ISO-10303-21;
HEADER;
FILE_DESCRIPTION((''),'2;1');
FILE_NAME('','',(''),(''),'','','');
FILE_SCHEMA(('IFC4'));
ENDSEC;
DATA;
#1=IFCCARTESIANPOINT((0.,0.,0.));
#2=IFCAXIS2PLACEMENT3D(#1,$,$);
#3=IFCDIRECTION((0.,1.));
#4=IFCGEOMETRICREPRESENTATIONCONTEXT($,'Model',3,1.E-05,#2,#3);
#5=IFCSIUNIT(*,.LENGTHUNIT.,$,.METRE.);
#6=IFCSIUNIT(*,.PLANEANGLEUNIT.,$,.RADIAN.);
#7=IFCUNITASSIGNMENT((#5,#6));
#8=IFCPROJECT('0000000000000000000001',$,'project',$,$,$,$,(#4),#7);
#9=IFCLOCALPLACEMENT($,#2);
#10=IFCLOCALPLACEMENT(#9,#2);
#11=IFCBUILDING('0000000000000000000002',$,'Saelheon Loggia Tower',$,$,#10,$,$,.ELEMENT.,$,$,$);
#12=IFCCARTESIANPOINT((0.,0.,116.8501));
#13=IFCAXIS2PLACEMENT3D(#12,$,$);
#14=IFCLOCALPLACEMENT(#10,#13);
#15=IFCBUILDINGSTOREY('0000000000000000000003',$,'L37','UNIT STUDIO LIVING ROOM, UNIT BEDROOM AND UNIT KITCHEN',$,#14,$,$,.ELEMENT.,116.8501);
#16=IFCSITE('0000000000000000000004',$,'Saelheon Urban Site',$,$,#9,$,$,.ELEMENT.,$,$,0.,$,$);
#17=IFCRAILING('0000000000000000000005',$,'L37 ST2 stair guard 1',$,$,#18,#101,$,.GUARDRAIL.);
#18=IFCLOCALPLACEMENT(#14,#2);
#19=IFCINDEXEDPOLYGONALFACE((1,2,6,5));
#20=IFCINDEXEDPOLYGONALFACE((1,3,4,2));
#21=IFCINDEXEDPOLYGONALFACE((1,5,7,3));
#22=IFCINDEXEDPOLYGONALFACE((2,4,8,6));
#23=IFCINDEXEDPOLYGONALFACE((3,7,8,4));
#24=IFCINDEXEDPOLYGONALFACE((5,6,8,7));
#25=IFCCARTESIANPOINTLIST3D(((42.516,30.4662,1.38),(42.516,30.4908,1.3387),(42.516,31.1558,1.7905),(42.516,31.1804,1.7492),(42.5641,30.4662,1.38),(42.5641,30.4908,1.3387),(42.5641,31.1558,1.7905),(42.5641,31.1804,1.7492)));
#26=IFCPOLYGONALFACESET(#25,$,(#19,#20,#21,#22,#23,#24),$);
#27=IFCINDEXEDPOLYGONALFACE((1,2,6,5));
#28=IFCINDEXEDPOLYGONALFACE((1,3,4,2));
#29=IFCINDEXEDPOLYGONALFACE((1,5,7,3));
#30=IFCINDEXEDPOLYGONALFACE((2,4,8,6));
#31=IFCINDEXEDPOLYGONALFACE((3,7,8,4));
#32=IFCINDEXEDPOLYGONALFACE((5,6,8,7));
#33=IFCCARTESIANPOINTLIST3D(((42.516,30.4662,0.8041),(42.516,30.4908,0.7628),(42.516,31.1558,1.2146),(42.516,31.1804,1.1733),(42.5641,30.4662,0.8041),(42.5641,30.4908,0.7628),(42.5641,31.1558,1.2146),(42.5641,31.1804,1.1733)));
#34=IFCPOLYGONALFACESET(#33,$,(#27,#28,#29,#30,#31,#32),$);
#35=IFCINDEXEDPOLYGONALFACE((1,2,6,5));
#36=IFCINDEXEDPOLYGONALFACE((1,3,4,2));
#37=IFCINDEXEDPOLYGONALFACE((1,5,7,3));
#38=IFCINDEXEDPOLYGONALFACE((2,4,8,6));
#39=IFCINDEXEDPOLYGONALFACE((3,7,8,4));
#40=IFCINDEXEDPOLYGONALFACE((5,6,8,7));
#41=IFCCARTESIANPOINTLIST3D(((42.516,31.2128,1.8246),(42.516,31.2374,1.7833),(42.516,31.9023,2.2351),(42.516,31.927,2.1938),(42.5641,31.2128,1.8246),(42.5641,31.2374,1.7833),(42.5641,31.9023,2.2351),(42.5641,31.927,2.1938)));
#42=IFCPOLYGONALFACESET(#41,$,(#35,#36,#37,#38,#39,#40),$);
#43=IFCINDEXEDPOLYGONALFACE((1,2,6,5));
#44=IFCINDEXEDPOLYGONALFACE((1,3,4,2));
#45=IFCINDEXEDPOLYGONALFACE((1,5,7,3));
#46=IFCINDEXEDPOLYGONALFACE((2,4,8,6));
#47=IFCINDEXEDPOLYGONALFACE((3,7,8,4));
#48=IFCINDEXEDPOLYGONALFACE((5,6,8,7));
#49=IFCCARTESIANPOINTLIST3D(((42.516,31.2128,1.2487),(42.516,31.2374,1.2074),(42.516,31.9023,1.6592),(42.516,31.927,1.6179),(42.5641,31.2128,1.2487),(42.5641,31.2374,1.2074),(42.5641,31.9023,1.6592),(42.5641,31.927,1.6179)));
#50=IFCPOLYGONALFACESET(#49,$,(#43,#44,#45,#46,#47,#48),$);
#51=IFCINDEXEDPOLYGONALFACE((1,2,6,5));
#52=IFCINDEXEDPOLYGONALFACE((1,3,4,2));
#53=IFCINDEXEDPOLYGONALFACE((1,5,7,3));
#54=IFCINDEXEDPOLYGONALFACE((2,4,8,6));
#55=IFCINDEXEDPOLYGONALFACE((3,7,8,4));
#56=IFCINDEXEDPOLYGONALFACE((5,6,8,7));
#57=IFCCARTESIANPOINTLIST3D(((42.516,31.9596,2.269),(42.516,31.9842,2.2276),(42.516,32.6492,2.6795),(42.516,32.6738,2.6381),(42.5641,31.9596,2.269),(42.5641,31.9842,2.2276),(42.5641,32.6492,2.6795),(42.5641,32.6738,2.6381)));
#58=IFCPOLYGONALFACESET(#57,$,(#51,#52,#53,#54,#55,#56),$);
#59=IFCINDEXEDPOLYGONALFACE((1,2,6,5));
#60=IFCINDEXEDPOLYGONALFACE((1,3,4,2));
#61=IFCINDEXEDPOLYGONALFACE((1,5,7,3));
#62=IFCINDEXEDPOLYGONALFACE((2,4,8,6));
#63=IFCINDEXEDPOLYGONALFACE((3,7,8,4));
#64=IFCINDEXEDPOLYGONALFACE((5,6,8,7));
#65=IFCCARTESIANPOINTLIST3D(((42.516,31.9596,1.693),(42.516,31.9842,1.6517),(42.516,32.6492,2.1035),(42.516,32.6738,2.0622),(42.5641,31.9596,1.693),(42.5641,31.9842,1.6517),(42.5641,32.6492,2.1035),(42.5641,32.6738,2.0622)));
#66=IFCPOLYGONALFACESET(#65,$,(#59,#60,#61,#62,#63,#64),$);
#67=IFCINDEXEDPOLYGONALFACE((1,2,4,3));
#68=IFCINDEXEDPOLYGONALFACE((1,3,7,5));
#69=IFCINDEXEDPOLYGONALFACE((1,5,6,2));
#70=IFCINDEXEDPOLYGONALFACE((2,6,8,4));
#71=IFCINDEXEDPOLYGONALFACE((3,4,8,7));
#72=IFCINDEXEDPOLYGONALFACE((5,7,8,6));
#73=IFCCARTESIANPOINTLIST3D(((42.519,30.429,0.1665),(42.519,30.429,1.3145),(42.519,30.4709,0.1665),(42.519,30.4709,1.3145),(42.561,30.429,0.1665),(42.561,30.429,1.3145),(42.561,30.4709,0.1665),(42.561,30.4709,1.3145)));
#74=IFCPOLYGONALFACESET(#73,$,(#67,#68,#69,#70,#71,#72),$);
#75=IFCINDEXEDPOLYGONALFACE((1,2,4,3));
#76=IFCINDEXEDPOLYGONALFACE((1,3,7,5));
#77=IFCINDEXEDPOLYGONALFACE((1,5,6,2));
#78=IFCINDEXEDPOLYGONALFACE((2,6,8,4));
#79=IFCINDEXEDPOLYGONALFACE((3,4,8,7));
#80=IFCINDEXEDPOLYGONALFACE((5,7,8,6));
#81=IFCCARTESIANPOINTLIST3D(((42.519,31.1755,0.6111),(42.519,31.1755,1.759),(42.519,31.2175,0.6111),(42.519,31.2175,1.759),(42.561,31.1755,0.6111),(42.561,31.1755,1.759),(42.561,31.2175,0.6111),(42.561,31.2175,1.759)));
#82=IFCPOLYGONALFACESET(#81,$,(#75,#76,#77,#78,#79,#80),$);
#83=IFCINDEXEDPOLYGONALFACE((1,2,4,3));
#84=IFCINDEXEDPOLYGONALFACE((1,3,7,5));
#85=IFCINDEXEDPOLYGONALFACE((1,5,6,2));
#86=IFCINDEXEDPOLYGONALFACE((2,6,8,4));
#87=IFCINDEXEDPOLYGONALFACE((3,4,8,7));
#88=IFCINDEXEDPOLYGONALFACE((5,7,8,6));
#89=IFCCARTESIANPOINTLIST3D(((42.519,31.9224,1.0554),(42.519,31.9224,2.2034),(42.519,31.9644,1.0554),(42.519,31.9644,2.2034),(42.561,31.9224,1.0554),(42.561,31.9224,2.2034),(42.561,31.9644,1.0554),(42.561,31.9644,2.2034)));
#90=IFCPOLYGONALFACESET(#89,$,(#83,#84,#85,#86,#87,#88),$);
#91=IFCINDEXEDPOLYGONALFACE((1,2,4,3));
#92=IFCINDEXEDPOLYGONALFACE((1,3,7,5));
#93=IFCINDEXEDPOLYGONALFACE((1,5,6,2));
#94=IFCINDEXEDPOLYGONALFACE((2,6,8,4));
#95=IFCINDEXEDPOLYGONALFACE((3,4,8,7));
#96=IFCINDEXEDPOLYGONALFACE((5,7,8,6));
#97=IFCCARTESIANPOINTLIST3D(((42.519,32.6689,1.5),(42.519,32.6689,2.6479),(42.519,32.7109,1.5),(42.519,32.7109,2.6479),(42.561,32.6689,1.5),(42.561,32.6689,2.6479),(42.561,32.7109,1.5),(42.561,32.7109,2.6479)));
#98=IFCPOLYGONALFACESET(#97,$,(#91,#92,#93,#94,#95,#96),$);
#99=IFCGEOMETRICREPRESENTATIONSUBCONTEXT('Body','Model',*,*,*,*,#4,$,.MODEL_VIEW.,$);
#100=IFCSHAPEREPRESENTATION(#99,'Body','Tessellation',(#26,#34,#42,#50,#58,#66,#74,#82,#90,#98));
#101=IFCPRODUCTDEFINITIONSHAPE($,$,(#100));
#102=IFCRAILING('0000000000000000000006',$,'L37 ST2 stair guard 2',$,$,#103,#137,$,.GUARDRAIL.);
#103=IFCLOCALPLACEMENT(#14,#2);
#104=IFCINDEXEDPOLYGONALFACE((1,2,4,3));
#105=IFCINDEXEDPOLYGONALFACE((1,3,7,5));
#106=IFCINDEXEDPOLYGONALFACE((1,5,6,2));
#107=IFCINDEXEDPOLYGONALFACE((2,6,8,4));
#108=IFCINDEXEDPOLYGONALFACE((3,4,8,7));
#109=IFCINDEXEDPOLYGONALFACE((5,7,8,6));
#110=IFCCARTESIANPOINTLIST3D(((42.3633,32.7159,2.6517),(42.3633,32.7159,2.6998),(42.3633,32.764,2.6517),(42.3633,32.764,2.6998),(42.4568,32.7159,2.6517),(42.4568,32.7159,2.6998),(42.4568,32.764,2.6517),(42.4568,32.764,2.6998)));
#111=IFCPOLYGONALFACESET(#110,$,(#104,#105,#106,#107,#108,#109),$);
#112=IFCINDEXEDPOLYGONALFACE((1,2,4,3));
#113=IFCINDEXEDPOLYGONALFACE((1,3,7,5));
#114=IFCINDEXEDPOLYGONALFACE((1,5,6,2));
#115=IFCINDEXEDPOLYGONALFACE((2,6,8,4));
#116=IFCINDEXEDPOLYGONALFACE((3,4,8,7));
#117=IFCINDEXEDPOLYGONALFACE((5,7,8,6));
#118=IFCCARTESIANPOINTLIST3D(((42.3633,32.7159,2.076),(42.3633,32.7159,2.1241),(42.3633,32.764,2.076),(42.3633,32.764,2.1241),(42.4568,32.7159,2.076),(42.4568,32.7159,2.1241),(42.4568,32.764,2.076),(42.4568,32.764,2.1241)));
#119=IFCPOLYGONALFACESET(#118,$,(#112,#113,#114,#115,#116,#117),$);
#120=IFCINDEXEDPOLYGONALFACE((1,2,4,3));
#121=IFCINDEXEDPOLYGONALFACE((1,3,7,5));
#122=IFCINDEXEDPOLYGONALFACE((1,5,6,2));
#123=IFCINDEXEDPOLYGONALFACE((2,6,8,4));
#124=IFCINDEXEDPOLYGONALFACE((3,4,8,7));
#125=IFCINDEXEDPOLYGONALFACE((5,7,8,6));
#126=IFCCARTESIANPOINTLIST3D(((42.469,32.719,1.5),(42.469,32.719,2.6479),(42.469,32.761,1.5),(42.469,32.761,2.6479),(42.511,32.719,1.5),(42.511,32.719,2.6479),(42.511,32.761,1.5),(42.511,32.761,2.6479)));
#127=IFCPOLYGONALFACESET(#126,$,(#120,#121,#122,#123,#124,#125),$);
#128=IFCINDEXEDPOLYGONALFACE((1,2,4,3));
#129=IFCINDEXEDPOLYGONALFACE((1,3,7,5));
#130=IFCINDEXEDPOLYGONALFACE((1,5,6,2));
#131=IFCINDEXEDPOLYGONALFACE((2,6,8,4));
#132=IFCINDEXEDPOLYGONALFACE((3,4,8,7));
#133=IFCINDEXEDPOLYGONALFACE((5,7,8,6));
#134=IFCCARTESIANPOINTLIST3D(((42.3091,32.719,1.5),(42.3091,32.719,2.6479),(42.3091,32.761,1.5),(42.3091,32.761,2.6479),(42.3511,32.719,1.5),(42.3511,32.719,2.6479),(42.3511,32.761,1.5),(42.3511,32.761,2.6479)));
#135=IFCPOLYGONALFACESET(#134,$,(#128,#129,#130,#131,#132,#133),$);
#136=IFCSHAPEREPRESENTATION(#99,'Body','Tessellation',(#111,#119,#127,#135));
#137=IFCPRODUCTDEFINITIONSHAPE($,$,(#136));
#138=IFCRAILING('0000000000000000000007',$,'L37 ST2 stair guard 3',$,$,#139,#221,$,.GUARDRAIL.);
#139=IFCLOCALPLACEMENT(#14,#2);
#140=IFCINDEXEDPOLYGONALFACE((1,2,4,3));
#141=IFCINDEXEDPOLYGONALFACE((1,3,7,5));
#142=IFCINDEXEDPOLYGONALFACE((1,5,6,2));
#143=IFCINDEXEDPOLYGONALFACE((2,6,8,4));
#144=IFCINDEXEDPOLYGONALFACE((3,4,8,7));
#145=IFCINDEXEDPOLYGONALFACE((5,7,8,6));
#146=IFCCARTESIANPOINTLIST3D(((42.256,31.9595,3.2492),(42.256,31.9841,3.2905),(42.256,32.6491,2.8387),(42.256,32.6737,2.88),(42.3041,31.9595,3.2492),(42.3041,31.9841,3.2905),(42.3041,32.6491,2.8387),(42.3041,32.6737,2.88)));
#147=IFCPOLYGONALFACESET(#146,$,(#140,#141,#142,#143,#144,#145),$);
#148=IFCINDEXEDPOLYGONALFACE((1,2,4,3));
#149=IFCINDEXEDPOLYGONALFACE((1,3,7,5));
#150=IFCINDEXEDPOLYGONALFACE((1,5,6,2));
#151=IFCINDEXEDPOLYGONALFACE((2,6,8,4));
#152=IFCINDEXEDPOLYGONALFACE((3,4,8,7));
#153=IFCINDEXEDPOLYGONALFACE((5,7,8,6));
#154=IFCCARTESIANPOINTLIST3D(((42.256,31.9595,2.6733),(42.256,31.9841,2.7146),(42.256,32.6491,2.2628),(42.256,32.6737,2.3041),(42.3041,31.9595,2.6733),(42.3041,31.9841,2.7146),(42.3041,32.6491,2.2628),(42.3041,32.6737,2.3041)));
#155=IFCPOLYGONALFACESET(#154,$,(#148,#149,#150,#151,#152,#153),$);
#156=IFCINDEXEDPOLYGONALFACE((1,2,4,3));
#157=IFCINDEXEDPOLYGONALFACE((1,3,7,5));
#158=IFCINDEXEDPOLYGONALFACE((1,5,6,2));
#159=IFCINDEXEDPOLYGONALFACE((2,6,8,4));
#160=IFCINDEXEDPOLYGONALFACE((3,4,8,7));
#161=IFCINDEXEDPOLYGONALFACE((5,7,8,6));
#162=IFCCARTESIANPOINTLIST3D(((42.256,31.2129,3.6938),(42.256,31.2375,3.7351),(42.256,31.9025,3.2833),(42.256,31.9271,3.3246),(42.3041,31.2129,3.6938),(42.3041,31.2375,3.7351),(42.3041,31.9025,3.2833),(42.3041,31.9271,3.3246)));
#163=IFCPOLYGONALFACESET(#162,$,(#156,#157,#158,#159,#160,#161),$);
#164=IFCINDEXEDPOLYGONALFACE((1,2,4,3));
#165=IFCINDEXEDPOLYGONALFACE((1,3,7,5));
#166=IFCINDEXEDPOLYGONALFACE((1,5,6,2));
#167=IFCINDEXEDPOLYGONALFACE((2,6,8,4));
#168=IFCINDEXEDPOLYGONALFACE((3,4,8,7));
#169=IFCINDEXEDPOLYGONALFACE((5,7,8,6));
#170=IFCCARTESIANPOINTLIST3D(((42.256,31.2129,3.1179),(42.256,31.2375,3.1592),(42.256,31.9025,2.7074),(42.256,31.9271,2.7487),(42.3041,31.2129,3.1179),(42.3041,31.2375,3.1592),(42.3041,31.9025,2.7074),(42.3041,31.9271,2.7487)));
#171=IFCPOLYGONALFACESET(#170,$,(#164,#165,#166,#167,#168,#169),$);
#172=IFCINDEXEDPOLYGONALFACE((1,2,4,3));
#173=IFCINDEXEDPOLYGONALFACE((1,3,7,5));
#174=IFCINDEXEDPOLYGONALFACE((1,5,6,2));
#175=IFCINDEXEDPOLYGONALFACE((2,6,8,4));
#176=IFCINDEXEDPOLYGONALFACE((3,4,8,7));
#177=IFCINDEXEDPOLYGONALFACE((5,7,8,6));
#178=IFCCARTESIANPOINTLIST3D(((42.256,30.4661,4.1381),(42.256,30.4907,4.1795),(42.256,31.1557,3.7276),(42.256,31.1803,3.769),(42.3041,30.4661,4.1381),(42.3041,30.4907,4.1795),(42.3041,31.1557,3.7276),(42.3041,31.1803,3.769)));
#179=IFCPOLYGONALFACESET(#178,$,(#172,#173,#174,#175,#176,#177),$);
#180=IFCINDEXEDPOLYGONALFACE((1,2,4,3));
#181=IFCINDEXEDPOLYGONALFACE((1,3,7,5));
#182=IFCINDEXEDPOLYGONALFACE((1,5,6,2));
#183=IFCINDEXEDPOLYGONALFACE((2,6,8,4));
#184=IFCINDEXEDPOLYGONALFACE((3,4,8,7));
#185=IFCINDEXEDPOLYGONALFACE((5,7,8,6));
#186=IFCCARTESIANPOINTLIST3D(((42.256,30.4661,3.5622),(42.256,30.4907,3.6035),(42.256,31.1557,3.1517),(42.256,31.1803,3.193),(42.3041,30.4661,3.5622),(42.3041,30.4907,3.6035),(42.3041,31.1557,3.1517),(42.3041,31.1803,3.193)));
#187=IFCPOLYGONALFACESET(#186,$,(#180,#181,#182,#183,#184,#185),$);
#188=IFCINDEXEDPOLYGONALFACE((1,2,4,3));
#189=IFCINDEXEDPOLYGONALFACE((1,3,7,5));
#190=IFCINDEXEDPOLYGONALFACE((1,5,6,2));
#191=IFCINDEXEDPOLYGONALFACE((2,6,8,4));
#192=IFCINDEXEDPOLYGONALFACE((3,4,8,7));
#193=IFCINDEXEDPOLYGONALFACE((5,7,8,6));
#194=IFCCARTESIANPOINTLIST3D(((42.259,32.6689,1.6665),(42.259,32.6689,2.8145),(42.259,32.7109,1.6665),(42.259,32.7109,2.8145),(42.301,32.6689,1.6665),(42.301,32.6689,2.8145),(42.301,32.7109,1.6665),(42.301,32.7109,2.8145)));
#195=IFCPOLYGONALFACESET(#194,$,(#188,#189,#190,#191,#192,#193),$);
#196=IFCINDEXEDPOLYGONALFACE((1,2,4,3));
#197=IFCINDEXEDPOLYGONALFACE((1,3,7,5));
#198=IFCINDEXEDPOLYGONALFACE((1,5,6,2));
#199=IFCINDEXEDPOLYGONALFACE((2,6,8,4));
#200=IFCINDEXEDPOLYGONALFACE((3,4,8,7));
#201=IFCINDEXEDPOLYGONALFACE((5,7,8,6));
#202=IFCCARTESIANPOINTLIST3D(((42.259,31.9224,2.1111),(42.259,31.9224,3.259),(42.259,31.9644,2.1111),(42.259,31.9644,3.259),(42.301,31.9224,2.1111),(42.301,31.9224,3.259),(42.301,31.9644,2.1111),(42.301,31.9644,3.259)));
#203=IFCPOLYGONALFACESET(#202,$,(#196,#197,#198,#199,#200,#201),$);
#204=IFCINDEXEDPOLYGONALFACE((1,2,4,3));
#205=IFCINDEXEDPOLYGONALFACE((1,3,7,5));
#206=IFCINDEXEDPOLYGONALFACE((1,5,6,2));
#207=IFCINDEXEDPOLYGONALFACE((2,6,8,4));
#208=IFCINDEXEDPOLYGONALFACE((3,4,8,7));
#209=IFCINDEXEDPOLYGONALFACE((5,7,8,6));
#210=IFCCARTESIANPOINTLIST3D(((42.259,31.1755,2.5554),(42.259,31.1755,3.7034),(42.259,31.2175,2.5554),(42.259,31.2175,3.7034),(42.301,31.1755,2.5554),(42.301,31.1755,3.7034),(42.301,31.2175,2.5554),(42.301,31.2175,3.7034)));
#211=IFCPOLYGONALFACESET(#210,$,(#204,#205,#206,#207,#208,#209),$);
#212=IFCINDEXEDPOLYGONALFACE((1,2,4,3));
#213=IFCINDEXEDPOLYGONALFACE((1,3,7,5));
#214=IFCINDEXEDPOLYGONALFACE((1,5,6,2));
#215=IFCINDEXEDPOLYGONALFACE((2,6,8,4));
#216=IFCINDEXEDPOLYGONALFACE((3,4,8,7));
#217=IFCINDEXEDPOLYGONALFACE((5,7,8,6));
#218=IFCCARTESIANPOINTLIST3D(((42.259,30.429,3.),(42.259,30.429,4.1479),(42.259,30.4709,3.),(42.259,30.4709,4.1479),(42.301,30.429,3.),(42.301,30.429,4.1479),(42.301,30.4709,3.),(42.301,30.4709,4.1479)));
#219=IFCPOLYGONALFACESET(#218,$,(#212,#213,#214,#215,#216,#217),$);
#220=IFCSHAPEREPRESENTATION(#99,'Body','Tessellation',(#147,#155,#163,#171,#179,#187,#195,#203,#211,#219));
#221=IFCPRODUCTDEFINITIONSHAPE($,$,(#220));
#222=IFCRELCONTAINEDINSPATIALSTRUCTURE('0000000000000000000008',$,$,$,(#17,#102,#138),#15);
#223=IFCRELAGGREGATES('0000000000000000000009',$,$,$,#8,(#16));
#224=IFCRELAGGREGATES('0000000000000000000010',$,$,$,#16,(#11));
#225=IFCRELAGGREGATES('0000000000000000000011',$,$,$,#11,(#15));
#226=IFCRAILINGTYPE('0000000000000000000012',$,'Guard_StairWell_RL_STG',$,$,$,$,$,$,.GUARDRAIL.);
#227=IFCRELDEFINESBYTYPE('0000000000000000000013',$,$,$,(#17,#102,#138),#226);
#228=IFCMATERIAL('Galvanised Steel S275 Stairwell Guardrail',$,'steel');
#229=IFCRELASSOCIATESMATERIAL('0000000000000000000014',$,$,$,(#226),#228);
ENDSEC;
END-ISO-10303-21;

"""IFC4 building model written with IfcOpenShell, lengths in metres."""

from ifc_helpers import new_model, si_unit, direction, frame, origin, origin_2d, place, context, subcontext, project, spatial, rectangle, extrude, material, type_object, element, save


model = new_model("IFC4")

# Units and contexts
model_context = context("Model", 3, precision=1e-05, world=origin(), true_north=direction((0.0, 1.0)))
body_context = subcontext(model_context, "Body", "Model", "MODEL_VIEW")
ifc_project = project(units=[si_unit("LENGTHUNIT", "METRE"), si_unit("PLANEANGLEUNIT", "RADIAN")], contexts=[model_context])

# Site, building, storey
site_placement = place(None, origin())
site = spatial("IfcSite", under=ifc_project, at=site_placement, Name="Saelheon Urban Site", CompositionType="ELEMENT", RefElevation=0.0)
building_placement = place(site_placement, origin())
building = spatial("IfcBuilding", under=site, at=building_placement, Name="Saelheon Loggia Tower", CompositionType="ELEMENT")
storey_placement = place(building_placement, frame((0.0, 0.0, 116.8501)))
storey = spatial("IfcBuildingStorey", under=building, at=storey_placement, Name="L37", Description="UNIT STUDIO LIVING ROOM, UNIT BEDROOM AND UNIT KITCHEN", CompositionType="ELEMENT", Elevation=116.8501)

# Railings
ifc_material_1 = material(Name="Galvanised Steel S275 Stairwell Guardrail", Category="steel")
railing_type_1 = type_object("IfcRailingType", Name="Guard_StairWell_RL_STG", PredefinedType="GUARDRAIL", material=ifc_material_1)
railing_1_placement = place(storey_placement, frame((42.54, 30.45, 0.1665)))
element("IfcRailing", 1, at=railing_1_placement, inside=storey, type_object=railing_type_1, Name="L37 ST2 stair guard 1", PredefinedType="GUARDRAIL", context=body_context, shape_type="SweptSolid", body=[
    extrude(rectangle(XDim=0.0481, YDim=0.0481, at=origin_2d()), frame((0.0, 0.0286, 1.1929), z_axis=(0.0, 0.859264, 0.511532), x_axis=(-1.0, 0.0, 0.0)), (0.0, 0.0, 1.0), 0.8025),
    extrude(rectangle(XDim=0.0481, YDim=0.0481, at=origin_2d()), frame((0.0, 0.0286, 0.6169), z_axis=(0.0, 0.859264, 0.511532), x_axis=(-1.0, 0.0, 0.0)), (0.0, 0.0, 1.0), 0.8025),
    extrude(rectangle(XDim=0.0481, YDim=0.0481, at=origin_2d()), frame((0.0, 0.7751, 1.6375), z_axis=(0.0, 0.859264, 0.511532), x_axis=(-1.0, 0.0, 0.0)), (0.0, 0.0, 1.0), 0.8025),
    extrude(rectangle(XDim=0.0481, YDim=0.0481, at=origin_2d()), frame((0.0, 0.7751, 1.0615), z_axis=(0.0, 0.859264, 0.511532), x_axis=(-1.0, 0.0, 0.0)), (0.0, 0.0, 1.0), 0.8025),
    extrude(rectangle(XDim=0.0481, YDim=0.0481, at=origin_2d()), frame((0.0, 1.522, 2.0818), z_axis=(0.0, 0.859264, 0.511532), x_axis=(-1.0, 0.0, 0.0)), (0.0, 0.0, 1.0), 0.8025),
    extrude(rectangle(XDim=0.0481, YDim=0.0481, at=origin_2d()), frame((0.0, 1.522, 1.5059), z_axis=(0.0, 0.859264, 0.511532), x_axis=(-1.0, 0.0, 0.0)), (0.0, 0.0, 1.0), 0.8025),
    extrude(rectangle(XDim=0.042, YDim=0.042, at=origin_2d()), origin(), (0.0, 0.0, 1.0), 1.1479),
    extrude(rectangle(XDim=0.042, YDim=0.042, at=origin_2d()), frame((0.0, 0.7466, 0.4446)), (0.0, 0.0, 1.0), 1.1479),
    extrude(rectangle(XDim=0.042, YDim=0.042, at=origin_2d()), frame((0.0, 1.4934, 0.8889)), (0.0, 0.0, 1.0), 1.1479),
    extrude(rectangle(XDim=0.042, YDim=0.042, at=origin_2d()), frame((0.0, 2.24, 1.3335)), (0.0, 0.0, 1.0), 1.1479),
])
railing_2_placement = place(storey_placement, frame((42.49, 32.74, 1.5)))
element("IfcRailing", 2, at=railing_2_placement, inside=storey, type_object=railing_type_1, Name="L37 ST2 stair guard 2", PredefinedType="GUARDRAIL", context=body_context, shape_type="SweptSolid", body=[
    extrude(rectangle(XDim=0.0481, YDim=0.0481, at=origin_2d()), frame((-0.0332, 0.0, 1.1758), z_axis=(-1.0, 0.0, 0.0), x_axis=(0.0, -1.0, 0.0)), (0.0, 0.0, 1.0), 0.0935),
    extrude(rectangle(XDim=0.0481, YDim=0.0481, at=origin_2d()), frame((-0.0332, 0.0, 0.6001), z_axis=(-1.0, 0.0, 0.0), x_axis=(0.0, -1.0, 0.0)), (0.0, 0.0, 1.0), 0.0935),
    extrude(rectangle(XDim=0.042, YDim=0.042, at=origin_2d()), origin(), (0.0, 0.0, 1.0), 1.1479),
    extrude(rectangle(XDim=0.042, YDim=0.042, at=origin_2d()), frame((-0.1599, 0.0, 0.0)), (0.0, 0.0, 1.0), 1.1479),
])
railing_3_placement = place(storey_placement, frame((42.28, 32.6899, 1.6665)))
element("IfcRailing", 3, at=railing_3_placement, inside=storey, type_object=railing_type_1, Name="L37 ST2 stair guard 3", PredefinedType="GUARDRAIL", context=body_context, shape_type="SweptSolid", body=[
    extrude(rectangle(XDim=0.0481, YDim=0.0481, at=origin_2d()), frame((0.0, -0.0286, 1.1929), z_axis=(0.0, -0.859264, 0.511532), x_axis=(1.0, 0.0, 0.0)), (0.0, 0.0, 1.0), 0.8025),
    extrude(rectangle(XDim=0.0481, YDim=0.0481, at=origin_2d()), frame((0.0, -0.0286, 0.6169), z_axis=(0.0, -0.859264, 0.511532), x_axis=(1.0, 0.0, 0.0)), (0.0, 0.0, 1.0), 0.8025),
    extrude(rectangle(XDim=0.0481, YDim=0.0481, at=origin_2d()), frame((0.0, -0.7751, 1.6375), z_axis=(0.0, -0.859264, 0.511532), x_axis=(1.0, 0.0, 0.0)), (0.0, 0.0, 1.0), 0.8025),
    extrude(rectangle(XDim=0.0481, YDim=0.0481, at=origin_2d()), frame((0.0, -0.7751, 1.0615), z_axis=(0.0, -0.859264, 0.511532), x_axis=(1.0, 0.0, 0.0)), (0.0, 0.0, 1.0), 0.8025),
    extrude(rectangle(XDim=0.0481, YDim=0.0481, at=origin_2d()), frame((0.0, -1.522, 2.0818), z_axis=(0.0, -0.859264, 0.511532), x_axis=(1.0, 0.0, 0.0)), (0.0, 0.0, 1.0), 0.8025),
    extrude(rectangle(XDim=0.0481, YDim=0.0481, at=origin_2d()), frame((0.0, -1.522, 1.5059), z_axis=(0.0, -0.859264, 0.511532), x_axis=(1.0, 0.0, 0.0)), (0.0, 0.0, 1.0), 0.8025),
    extrude(rectangle(XDim=0.042, YDim=0.042, at=origin_2d()), origin(), (0.0, 0.0, 1.0), 1.1479),
    extrude(rectangle(XDim=0.042, YDim=0.042, at=origin_2d()), frame((0.0, -0.7466, 0.4446)), (0.0, 0.0, 1.0), 1.1479),
    extrude(rectangle(XDim=0.042, YDim=0.042, at=origin_2d()), frame((0.0, -1.4934, 0.8889)), (0.0, 0.0, 1.0), 1.1479),
    extrude(rectangle(XDim=0.042, YDim=0.042, at=origin_2d()), frame((0.0, -2.24, 1.3335)), (0.0, 0.0, 1.0), 1.1479),
])

save(model, "model.ifc")
